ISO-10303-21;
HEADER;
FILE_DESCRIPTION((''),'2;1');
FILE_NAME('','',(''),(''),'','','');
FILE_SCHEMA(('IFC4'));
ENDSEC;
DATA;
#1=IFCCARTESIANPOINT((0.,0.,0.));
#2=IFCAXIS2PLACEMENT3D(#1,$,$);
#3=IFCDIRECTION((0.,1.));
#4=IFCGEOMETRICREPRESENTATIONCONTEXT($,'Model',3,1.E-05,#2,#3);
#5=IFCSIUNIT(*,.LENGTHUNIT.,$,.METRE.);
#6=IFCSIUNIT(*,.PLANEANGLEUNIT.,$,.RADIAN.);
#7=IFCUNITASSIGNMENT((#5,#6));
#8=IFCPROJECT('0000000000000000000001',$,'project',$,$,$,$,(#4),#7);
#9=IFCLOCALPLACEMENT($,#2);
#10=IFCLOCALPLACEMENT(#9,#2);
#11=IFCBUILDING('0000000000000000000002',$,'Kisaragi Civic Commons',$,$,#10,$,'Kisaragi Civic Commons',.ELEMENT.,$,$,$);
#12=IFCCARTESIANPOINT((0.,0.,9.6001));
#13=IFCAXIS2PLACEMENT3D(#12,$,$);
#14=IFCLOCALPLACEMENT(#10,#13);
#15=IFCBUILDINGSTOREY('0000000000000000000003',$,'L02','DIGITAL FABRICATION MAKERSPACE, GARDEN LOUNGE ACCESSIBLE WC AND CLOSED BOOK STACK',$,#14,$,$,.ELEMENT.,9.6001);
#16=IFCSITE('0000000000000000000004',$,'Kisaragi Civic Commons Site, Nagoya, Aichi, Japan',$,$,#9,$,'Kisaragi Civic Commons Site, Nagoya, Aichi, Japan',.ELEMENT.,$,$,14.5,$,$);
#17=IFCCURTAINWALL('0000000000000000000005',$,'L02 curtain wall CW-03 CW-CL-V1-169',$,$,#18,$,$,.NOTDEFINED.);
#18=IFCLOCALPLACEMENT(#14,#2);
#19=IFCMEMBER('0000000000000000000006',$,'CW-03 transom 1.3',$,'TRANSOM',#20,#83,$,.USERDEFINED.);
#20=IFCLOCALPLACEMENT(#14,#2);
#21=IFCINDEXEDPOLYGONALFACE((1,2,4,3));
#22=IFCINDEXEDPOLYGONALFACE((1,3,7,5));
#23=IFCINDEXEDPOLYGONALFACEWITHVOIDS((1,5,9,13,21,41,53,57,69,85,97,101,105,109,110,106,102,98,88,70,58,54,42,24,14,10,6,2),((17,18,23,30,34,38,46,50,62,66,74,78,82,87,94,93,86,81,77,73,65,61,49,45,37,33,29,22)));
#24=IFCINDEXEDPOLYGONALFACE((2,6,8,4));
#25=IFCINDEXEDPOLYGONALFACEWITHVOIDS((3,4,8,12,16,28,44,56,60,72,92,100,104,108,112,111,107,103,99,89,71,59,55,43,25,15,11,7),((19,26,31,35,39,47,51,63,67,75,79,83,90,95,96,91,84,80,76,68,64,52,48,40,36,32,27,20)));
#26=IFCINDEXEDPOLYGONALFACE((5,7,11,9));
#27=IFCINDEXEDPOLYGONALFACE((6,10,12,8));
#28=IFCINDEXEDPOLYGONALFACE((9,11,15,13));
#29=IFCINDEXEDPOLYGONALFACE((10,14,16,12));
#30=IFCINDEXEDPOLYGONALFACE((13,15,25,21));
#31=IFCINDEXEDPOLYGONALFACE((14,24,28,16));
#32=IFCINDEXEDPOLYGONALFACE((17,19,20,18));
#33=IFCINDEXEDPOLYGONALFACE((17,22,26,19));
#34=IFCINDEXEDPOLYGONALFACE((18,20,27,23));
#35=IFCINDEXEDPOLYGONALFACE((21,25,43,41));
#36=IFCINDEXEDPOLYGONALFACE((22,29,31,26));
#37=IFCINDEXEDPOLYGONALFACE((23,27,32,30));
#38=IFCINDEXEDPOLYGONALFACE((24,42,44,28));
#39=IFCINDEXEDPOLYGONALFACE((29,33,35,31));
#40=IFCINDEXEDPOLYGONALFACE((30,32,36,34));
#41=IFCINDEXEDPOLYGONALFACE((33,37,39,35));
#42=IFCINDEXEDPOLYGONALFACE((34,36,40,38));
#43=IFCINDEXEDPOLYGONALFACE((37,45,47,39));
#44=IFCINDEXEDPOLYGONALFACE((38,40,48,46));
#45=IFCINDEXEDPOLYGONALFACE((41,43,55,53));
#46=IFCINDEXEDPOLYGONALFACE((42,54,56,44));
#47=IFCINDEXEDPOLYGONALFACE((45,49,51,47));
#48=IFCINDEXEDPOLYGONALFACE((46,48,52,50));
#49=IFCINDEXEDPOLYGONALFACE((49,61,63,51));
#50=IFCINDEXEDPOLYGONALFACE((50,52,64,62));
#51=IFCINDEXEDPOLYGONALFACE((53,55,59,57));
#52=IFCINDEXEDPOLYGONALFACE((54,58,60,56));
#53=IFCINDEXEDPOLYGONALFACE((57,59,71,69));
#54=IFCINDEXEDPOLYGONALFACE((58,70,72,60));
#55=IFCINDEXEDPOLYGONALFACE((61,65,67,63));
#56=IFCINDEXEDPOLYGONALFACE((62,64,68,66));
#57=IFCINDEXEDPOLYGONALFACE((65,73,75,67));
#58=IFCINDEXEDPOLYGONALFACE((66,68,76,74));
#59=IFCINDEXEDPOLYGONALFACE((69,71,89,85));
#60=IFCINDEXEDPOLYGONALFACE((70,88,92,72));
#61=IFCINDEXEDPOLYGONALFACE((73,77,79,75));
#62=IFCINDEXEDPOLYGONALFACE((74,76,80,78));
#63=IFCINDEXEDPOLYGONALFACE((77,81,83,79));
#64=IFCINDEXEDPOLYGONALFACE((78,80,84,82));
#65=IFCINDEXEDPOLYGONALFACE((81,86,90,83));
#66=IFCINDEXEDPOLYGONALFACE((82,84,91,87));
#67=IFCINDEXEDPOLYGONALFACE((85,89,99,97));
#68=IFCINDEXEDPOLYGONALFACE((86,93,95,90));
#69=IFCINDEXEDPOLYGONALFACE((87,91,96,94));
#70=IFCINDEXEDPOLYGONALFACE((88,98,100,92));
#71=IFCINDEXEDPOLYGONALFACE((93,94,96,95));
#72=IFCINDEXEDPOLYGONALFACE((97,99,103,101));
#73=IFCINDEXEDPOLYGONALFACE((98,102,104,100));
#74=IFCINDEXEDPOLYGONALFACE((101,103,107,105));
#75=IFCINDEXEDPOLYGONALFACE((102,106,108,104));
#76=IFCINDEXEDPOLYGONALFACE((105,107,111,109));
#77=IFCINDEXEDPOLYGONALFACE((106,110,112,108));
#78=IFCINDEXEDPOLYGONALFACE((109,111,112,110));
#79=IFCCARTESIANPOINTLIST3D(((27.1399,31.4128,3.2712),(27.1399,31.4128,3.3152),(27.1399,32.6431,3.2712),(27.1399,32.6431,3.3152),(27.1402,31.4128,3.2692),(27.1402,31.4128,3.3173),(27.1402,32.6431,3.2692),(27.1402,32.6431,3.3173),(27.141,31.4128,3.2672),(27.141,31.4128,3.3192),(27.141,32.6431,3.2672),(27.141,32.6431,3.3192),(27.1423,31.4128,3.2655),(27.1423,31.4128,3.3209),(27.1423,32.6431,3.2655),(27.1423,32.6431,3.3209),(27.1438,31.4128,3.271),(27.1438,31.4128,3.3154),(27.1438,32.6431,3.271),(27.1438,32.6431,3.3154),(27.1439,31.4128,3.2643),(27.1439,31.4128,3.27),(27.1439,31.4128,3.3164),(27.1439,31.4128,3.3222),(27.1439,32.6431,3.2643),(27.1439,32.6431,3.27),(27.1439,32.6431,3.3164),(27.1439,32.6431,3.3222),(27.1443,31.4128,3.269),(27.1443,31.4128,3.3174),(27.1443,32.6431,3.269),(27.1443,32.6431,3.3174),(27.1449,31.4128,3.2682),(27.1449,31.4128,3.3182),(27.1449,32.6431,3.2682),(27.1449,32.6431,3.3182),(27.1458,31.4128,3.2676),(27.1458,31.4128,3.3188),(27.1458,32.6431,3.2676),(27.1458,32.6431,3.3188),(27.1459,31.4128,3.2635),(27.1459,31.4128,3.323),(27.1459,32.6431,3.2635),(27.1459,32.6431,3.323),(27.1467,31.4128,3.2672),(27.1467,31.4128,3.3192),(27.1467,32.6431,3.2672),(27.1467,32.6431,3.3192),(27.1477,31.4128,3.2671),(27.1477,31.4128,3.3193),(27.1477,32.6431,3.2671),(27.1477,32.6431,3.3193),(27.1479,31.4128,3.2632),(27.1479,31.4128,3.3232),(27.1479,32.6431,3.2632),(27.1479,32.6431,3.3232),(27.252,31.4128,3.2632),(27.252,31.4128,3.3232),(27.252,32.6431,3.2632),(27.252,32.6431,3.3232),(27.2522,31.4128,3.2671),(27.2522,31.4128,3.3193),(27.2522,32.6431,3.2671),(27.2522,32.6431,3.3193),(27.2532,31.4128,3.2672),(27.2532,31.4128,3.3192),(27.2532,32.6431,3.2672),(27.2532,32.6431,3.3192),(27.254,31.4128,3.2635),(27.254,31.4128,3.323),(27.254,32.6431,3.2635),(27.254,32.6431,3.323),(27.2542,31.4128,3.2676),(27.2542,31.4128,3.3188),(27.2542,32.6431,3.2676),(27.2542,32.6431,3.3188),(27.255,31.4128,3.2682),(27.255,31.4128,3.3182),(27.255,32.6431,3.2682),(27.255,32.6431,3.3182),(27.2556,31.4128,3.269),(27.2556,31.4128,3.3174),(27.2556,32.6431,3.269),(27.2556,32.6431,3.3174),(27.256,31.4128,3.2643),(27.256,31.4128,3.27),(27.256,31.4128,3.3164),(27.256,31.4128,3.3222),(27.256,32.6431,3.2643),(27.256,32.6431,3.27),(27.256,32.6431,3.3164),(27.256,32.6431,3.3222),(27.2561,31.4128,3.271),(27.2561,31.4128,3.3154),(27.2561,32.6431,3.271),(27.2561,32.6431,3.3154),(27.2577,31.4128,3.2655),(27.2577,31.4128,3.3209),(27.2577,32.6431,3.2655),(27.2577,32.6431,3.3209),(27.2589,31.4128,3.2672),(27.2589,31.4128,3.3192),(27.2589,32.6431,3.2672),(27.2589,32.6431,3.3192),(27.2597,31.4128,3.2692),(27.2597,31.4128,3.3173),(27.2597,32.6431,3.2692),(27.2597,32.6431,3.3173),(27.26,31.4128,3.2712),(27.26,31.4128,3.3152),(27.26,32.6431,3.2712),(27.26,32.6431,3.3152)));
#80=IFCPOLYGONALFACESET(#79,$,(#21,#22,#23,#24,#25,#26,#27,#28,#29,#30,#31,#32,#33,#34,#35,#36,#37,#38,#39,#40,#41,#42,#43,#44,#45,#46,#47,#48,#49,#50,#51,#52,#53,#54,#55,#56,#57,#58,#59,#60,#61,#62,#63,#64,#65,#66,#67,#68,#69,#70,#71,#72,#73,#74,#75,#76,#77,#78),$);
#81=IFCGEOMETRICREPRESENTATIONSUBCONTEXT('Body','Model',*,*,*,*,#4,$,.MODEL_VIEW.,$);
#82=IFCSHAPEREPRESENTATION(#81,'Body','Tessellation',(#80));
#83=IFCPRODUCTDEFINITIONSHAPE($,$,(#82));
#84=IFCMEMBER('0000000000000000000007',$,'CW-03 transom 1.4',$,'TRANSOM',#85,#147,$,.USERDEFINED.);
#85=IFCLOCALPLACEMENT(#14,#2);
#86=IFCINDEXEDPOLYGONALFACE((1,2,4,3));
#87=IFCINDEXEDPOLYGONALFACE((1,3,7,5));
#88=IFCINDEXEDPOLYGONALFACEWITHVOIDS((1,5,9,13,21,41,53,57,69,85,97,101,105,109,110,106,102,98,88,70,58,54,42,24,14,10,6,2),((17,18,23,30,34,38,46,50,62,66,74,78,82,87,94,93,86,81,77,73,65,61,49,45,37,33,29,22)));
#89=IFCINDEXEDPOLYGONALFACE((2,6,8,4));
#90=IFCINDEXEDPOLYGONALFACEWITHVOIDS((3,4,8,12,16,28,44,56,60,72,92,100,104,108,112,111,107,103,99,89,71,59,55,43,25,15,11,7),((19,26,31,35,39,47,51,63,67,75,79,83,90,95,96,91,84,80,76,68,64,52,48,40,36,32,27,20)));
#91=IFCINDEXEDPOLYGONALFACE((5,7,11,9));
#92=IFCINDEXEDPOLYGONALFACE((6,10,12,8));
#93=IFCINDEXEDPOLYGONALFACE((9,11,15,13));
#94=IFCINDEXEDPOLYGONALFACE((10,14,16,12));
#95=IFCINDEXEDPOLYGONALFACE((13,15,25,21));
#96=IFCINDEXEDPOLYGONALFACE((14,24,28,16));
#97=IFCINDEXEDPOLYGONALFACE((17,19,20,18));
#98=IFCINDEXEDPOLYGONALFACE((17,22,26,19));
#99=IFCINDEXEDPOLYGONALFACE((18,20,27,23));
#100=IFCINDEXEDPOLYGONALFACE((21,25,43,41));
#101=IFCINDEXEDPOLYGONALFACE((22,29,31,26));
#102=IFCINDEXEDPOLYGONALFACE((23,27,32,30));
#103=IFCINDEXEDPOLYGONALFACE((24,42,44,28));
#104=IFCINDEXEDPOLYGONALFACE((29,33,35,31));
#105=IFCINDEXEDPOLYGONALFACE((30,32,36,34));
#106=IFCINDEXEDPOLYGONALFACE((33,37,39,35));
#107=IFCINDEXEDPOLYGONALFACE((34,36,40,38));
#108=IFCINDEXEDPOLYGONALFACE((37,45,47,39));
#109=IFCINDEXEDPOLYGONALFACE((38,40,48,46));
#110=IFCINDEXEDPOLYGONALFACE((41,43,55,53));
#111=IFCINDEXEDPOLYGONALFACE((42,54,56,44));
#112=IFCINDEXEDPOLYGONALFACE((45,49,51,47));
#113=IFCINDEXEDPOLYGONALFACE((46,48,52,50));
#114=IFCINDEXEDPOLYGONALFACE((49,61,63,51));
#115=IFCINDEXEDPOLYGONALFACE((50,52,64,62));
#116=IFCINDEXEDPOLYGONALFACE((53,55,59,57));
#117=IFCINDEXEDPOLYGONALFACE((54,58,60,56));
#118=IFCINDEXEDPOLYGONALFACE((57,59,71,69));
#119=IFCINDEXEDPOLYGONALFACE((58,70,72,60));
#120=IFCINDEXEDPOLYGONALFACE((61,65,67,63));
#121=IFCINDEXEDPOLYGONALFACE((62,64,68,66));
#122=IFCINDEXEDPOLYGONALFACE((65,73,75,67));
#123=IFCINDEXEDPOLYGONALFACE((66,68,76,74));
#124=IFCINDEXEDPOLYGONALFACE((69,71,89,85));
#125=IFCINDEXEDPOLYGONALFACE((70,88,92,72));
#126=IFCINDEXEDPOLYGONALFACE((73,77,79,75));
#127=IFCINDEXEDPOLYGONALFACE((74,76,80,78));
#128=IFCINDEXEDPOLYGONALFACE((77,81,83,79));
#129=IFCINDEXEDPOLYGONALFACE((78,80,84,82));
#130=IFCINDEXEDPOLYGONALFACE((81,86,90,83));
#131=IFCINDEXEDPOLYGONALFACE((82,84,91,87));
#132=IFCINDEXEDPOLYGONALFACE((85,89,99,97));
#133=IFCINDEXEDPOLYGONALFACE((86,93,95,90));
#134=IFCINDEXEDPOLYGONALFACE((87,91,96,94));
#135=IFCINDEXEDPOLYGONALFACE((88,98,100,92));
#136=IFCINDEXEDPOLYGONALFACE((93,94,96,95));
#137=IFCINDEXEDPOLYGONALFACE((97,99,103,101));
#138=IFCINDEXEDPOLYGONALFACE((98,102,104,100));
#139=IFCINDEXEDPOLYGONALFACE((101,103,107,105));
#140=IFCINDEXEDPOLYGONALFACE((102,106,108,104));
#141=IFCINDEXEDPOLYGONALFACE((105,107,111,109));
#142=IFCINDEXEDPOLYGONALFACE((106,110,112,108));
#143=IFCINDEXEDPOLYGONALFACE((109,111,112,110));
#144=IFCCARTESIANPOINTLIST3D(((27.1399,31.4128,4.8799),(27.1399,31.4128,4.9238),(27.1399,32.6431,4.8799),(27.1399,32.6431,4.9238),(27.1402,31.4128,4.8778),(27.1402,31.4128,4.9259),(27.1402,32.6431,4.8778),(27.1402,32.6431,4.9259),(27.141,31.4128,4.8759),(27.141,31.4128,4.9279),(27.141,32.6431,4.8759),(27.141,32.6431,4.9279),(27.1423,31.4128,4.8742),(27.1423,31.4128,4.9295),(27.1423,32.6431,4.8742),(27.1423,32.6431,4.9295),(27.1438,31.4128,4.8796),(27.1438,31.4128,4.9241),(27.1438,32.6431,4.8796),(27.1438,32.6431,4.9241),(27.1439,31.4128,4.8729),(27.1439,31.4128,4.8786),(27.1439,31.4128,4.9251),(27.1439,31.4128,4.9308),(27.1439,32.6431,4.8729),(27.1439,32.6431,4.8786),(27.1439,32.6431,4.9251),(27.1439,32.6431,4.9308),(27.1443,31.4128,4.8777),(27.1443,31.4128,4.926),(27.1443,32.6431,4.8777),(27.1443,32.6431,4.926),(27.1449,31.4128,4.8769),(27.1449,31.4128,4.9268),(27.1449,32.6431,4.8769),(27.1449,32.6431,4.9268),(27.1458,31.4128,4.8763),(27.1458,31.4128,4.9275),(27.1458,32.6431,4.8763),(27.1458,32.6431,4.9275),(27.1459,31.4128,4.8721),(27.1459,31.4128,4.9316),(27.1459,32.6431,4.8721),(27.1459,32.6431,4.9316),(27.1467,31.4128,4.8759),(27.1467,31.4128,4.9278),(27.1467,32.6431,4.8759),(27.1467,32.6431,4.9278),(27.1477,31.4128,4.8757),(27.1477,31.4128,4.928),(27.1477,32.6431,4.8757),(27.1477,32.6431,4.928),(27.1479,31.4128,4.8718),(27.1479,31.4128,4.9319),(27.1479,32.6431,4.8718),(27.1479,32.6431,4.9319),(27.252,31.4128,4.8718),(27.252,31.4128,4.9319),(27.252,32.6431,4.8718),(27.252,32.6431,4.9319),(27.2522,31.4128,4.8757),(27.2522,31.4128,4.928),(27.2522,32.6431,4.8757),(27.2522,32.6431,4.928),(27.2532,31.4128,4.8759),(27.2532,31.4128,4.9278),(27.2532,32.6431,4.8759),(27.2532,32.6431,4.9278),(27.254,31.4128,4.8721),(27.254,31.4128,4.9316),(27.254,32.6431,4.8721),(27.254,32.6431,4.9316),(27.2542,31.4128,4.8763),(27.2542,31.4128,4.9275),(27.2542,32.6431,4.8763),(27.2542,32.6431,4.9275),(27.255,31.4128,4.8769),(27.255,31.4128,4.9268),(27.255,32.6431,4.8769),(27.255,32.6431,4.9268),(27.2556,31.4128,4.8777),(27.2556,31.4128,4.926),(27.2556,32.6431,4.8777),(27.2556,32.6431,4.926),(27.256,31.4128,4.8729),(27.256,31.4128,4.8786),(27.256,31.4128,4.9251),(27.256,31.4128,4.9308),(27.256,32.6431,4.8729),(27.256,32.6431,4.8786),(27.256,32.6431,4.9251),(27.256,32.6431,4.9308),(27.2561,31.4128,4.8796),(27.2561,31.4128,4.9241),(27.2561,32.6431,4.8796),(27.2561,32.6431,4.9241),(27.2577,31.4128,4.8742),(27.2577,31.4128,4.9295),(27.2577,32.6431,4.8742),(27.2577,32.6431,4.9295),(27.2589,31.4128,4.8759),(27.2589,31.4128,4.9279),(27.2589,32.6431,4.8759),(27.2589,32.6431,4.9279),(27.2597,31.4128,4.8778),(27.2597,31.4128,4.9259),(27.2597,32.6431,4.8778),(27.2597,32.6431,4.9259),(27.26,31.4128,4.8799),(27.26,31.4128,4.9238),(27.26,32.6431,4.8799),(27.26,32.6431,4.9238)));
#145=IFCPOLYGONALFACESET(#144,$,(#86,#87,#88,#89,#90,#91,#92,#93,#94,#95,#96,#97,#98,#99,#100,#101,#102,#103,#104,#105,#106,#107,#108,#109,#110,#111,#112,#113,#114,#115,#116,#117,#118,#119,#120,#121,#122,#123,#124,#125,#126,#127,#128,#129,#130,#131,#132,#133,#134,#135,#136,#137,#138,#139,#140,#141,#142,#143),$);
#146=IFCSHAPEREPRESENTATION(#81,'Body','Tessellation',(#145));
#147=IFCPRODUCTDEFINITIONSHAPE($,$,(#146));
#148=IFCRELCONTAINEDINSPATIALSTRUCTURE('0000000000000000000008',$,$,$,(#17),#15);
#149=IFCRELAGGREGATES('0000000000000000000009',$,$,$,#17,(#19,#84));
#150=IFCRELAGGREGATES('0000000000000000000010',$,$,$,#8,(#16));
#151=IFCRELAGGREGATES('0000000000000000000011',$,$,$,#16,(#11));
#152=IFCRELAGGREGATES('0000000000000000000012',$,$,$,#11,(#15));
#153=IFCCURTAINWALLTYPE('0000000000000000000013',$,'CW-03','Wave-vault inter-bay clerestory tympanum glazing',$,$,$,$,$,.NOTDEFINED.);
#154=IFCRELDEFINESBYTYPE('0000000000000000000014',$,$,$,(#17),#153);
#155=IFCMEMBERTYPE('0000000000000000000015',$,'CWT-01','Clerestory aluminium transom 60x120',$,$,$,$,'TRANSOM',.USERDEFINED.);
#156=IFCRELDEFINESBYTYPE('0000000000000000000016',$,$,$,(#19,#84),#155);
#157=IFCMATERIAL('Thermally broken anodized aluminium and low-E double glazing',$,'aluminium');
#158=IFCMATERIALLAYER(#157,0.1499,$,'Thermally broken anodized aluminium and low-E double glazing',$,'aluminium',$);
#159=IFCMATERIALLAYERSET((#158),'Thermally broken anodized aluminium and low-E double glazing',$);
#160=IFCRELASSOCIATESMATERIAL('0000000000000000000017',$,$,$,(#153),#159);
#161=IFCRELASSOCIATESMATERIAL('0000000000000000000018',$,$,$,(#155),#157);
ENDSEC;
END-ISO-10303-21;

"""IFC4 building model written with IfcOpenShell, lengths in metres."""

from ifc_helpers import new_model, si_unit, direction, frame, origin, origin_2d, place, context, subcontext, project, spatial, hollow_rectangle, extrude, material, layer, layer_set, material_profile, profile_set, type_object, element, aggregate, save


model = new_model("IFC4")

# Units and contexts
model_context = context("Model", 3, precision=1e-05, world=origin(), true_north=direction((0.0, 1.0)))
body_context = subcontext(model_context, "Body", "Model", "MODEL_VIEW")
ifc_project = project(units=[si_unit("LENGTHUNIT", "METRE"), si_unit("PLANEANGLEUNIT", "RADIAN")], contexts=[model_context])

# Site, building, storey
site_placement = place(None, origin())
site = spatial("IfcSite", under=ifc_project, at=site_placement, Name="Kisaragi Civic Commons Site, Nagoya, Aichi, Japan", LongName="Kisaragi Civic Commons Site, Nagoya, Aichi, Japan", CompositionType="ELEMENT", RefElevation=14.5)
building_placement = place(site_placement, origin())
building = spatial("IfcBuilding", under=site, at=building_placement, Name="Kisaragi Civic Commons", LongName="Kisaragi Civic Commons", CompositionType="ELEMENT")
storey_placement = place(building_placement, frame((0.0, 0.0, 9.6001)))
storey = spatial("IfcBuildingStorey", under=building, at=storey_placement, Name="L02", Description="DIGITAL FABRICATION MAKERSPACE, GARDEN LOUNGE ACCESSIBLE WC AND CLOSED BOOK STACK", CompositionType="ELEMENT", Elevation=9.6001)

# Curtain wall, members
ifc_material_1 = material(Name="Thermally broken anodized aluminium and low-E double glazing", Category="aluminium")
ifc_layer_1 = layer(ifc_material_1, 0.1499, Name="Thermally broken anodized aluminium and low-E double glazing", Category="aluminium")
ifc_layer_set_1 = layer_set([ifc_layer_1], Name="Thermally broken anodized aluminium and low-E double glazing")
curtain_wall_type = type_object("IfcCurtainWallType", Name="CW-03", Description="Wave-vault inter-bay clerestory tympanum glazing", PredefinedType="NOTDEFINED", material=ifc_layer_set_1)
curtain_wall_placement = place(storey_placement, origin())
curtain_wall = element("IfcCurtainWall", 1, at=curtain_wall_placement, inside=storey, type_object=curtain_wall_type, Name="L02 curtain wall CW-03 CW-CL-V1-169", PredefinedType="NOTDEFINED")
ifc_material_profile_1 = material_profile(ifc_material_1, hollow_rectangle(XDim=0.1201, YDim=0.0601, WallThickness=0.0039, InnerFilletRadius=0.0039, OuterFilletRadius=0.0081, at=origin_2d()), Name="CWT-60x120x4", Category="aluminium")
ifc_profile_set_1 = profile_set([ifc_material_profile_1], Name="Thermally broken anodized aluminium and low-E double glazing")
member_type_1 = type_object("IfcMemberType", Name="CWT-01", Description="Clerestory aluminium transom 60x120", ElementType="TRANSOM", PredefinedType="USERDEFINED", material=ifc_profile_set_1)
member_1_placement = place(storey_placement, frame((27.2, 31.4128, 3.2932), z_axis=(0.0, 1.0, 0.0), x_axis=(-1.0, 0.0, 0.0)))
member_1 = element("IfcMember", 2, at=member_1_placement, type_object=member_type_1, Name="CW-03 transom 1.3", ObjectType="TRANSOM", PredefinedType="USERDEFINED", context=body_context, shape_type="SweptSolid", body=[
    extrude(hollow_rectangle(XDim=0.1201, YDim=0.0601, WallThickness=0.0039, InnerFilletRadius=0.0039, OuterFilletRadius=0.0081, at=origin_2d()), origin(), (0.0, 0.0, 1.0), 1.2302),
])
member_2_placement = place(storey_placement, frame((27.2, 31.4128, 4.9019), z_axis=(0.0, 1.0, 0.0), x_axis=(-1.0, 0.0, 0.0)))
member_2 = element("IfcMember", 3, at=member_2_placement, type_object=member_type_1, Name="CW-03 transom 1.4", ObjectType="TRANSOM", PredefinedType="USERDEFINED", context=body_context, shape_type="SweptSolid", body=[
    extrude(hollow_rectangle(XDim=0.1201, YDim=0.0601, WallThickness=0.0039, InnerFilletRadius=0.0039, OuterFilletRadius=0.0081, at=origin_2d()), origin(), (0.0, 0.0, 1.0), 1.2302),
])

aggregate(curtain_wall, [member_1, member_2])

save(model, "model.ifc")
